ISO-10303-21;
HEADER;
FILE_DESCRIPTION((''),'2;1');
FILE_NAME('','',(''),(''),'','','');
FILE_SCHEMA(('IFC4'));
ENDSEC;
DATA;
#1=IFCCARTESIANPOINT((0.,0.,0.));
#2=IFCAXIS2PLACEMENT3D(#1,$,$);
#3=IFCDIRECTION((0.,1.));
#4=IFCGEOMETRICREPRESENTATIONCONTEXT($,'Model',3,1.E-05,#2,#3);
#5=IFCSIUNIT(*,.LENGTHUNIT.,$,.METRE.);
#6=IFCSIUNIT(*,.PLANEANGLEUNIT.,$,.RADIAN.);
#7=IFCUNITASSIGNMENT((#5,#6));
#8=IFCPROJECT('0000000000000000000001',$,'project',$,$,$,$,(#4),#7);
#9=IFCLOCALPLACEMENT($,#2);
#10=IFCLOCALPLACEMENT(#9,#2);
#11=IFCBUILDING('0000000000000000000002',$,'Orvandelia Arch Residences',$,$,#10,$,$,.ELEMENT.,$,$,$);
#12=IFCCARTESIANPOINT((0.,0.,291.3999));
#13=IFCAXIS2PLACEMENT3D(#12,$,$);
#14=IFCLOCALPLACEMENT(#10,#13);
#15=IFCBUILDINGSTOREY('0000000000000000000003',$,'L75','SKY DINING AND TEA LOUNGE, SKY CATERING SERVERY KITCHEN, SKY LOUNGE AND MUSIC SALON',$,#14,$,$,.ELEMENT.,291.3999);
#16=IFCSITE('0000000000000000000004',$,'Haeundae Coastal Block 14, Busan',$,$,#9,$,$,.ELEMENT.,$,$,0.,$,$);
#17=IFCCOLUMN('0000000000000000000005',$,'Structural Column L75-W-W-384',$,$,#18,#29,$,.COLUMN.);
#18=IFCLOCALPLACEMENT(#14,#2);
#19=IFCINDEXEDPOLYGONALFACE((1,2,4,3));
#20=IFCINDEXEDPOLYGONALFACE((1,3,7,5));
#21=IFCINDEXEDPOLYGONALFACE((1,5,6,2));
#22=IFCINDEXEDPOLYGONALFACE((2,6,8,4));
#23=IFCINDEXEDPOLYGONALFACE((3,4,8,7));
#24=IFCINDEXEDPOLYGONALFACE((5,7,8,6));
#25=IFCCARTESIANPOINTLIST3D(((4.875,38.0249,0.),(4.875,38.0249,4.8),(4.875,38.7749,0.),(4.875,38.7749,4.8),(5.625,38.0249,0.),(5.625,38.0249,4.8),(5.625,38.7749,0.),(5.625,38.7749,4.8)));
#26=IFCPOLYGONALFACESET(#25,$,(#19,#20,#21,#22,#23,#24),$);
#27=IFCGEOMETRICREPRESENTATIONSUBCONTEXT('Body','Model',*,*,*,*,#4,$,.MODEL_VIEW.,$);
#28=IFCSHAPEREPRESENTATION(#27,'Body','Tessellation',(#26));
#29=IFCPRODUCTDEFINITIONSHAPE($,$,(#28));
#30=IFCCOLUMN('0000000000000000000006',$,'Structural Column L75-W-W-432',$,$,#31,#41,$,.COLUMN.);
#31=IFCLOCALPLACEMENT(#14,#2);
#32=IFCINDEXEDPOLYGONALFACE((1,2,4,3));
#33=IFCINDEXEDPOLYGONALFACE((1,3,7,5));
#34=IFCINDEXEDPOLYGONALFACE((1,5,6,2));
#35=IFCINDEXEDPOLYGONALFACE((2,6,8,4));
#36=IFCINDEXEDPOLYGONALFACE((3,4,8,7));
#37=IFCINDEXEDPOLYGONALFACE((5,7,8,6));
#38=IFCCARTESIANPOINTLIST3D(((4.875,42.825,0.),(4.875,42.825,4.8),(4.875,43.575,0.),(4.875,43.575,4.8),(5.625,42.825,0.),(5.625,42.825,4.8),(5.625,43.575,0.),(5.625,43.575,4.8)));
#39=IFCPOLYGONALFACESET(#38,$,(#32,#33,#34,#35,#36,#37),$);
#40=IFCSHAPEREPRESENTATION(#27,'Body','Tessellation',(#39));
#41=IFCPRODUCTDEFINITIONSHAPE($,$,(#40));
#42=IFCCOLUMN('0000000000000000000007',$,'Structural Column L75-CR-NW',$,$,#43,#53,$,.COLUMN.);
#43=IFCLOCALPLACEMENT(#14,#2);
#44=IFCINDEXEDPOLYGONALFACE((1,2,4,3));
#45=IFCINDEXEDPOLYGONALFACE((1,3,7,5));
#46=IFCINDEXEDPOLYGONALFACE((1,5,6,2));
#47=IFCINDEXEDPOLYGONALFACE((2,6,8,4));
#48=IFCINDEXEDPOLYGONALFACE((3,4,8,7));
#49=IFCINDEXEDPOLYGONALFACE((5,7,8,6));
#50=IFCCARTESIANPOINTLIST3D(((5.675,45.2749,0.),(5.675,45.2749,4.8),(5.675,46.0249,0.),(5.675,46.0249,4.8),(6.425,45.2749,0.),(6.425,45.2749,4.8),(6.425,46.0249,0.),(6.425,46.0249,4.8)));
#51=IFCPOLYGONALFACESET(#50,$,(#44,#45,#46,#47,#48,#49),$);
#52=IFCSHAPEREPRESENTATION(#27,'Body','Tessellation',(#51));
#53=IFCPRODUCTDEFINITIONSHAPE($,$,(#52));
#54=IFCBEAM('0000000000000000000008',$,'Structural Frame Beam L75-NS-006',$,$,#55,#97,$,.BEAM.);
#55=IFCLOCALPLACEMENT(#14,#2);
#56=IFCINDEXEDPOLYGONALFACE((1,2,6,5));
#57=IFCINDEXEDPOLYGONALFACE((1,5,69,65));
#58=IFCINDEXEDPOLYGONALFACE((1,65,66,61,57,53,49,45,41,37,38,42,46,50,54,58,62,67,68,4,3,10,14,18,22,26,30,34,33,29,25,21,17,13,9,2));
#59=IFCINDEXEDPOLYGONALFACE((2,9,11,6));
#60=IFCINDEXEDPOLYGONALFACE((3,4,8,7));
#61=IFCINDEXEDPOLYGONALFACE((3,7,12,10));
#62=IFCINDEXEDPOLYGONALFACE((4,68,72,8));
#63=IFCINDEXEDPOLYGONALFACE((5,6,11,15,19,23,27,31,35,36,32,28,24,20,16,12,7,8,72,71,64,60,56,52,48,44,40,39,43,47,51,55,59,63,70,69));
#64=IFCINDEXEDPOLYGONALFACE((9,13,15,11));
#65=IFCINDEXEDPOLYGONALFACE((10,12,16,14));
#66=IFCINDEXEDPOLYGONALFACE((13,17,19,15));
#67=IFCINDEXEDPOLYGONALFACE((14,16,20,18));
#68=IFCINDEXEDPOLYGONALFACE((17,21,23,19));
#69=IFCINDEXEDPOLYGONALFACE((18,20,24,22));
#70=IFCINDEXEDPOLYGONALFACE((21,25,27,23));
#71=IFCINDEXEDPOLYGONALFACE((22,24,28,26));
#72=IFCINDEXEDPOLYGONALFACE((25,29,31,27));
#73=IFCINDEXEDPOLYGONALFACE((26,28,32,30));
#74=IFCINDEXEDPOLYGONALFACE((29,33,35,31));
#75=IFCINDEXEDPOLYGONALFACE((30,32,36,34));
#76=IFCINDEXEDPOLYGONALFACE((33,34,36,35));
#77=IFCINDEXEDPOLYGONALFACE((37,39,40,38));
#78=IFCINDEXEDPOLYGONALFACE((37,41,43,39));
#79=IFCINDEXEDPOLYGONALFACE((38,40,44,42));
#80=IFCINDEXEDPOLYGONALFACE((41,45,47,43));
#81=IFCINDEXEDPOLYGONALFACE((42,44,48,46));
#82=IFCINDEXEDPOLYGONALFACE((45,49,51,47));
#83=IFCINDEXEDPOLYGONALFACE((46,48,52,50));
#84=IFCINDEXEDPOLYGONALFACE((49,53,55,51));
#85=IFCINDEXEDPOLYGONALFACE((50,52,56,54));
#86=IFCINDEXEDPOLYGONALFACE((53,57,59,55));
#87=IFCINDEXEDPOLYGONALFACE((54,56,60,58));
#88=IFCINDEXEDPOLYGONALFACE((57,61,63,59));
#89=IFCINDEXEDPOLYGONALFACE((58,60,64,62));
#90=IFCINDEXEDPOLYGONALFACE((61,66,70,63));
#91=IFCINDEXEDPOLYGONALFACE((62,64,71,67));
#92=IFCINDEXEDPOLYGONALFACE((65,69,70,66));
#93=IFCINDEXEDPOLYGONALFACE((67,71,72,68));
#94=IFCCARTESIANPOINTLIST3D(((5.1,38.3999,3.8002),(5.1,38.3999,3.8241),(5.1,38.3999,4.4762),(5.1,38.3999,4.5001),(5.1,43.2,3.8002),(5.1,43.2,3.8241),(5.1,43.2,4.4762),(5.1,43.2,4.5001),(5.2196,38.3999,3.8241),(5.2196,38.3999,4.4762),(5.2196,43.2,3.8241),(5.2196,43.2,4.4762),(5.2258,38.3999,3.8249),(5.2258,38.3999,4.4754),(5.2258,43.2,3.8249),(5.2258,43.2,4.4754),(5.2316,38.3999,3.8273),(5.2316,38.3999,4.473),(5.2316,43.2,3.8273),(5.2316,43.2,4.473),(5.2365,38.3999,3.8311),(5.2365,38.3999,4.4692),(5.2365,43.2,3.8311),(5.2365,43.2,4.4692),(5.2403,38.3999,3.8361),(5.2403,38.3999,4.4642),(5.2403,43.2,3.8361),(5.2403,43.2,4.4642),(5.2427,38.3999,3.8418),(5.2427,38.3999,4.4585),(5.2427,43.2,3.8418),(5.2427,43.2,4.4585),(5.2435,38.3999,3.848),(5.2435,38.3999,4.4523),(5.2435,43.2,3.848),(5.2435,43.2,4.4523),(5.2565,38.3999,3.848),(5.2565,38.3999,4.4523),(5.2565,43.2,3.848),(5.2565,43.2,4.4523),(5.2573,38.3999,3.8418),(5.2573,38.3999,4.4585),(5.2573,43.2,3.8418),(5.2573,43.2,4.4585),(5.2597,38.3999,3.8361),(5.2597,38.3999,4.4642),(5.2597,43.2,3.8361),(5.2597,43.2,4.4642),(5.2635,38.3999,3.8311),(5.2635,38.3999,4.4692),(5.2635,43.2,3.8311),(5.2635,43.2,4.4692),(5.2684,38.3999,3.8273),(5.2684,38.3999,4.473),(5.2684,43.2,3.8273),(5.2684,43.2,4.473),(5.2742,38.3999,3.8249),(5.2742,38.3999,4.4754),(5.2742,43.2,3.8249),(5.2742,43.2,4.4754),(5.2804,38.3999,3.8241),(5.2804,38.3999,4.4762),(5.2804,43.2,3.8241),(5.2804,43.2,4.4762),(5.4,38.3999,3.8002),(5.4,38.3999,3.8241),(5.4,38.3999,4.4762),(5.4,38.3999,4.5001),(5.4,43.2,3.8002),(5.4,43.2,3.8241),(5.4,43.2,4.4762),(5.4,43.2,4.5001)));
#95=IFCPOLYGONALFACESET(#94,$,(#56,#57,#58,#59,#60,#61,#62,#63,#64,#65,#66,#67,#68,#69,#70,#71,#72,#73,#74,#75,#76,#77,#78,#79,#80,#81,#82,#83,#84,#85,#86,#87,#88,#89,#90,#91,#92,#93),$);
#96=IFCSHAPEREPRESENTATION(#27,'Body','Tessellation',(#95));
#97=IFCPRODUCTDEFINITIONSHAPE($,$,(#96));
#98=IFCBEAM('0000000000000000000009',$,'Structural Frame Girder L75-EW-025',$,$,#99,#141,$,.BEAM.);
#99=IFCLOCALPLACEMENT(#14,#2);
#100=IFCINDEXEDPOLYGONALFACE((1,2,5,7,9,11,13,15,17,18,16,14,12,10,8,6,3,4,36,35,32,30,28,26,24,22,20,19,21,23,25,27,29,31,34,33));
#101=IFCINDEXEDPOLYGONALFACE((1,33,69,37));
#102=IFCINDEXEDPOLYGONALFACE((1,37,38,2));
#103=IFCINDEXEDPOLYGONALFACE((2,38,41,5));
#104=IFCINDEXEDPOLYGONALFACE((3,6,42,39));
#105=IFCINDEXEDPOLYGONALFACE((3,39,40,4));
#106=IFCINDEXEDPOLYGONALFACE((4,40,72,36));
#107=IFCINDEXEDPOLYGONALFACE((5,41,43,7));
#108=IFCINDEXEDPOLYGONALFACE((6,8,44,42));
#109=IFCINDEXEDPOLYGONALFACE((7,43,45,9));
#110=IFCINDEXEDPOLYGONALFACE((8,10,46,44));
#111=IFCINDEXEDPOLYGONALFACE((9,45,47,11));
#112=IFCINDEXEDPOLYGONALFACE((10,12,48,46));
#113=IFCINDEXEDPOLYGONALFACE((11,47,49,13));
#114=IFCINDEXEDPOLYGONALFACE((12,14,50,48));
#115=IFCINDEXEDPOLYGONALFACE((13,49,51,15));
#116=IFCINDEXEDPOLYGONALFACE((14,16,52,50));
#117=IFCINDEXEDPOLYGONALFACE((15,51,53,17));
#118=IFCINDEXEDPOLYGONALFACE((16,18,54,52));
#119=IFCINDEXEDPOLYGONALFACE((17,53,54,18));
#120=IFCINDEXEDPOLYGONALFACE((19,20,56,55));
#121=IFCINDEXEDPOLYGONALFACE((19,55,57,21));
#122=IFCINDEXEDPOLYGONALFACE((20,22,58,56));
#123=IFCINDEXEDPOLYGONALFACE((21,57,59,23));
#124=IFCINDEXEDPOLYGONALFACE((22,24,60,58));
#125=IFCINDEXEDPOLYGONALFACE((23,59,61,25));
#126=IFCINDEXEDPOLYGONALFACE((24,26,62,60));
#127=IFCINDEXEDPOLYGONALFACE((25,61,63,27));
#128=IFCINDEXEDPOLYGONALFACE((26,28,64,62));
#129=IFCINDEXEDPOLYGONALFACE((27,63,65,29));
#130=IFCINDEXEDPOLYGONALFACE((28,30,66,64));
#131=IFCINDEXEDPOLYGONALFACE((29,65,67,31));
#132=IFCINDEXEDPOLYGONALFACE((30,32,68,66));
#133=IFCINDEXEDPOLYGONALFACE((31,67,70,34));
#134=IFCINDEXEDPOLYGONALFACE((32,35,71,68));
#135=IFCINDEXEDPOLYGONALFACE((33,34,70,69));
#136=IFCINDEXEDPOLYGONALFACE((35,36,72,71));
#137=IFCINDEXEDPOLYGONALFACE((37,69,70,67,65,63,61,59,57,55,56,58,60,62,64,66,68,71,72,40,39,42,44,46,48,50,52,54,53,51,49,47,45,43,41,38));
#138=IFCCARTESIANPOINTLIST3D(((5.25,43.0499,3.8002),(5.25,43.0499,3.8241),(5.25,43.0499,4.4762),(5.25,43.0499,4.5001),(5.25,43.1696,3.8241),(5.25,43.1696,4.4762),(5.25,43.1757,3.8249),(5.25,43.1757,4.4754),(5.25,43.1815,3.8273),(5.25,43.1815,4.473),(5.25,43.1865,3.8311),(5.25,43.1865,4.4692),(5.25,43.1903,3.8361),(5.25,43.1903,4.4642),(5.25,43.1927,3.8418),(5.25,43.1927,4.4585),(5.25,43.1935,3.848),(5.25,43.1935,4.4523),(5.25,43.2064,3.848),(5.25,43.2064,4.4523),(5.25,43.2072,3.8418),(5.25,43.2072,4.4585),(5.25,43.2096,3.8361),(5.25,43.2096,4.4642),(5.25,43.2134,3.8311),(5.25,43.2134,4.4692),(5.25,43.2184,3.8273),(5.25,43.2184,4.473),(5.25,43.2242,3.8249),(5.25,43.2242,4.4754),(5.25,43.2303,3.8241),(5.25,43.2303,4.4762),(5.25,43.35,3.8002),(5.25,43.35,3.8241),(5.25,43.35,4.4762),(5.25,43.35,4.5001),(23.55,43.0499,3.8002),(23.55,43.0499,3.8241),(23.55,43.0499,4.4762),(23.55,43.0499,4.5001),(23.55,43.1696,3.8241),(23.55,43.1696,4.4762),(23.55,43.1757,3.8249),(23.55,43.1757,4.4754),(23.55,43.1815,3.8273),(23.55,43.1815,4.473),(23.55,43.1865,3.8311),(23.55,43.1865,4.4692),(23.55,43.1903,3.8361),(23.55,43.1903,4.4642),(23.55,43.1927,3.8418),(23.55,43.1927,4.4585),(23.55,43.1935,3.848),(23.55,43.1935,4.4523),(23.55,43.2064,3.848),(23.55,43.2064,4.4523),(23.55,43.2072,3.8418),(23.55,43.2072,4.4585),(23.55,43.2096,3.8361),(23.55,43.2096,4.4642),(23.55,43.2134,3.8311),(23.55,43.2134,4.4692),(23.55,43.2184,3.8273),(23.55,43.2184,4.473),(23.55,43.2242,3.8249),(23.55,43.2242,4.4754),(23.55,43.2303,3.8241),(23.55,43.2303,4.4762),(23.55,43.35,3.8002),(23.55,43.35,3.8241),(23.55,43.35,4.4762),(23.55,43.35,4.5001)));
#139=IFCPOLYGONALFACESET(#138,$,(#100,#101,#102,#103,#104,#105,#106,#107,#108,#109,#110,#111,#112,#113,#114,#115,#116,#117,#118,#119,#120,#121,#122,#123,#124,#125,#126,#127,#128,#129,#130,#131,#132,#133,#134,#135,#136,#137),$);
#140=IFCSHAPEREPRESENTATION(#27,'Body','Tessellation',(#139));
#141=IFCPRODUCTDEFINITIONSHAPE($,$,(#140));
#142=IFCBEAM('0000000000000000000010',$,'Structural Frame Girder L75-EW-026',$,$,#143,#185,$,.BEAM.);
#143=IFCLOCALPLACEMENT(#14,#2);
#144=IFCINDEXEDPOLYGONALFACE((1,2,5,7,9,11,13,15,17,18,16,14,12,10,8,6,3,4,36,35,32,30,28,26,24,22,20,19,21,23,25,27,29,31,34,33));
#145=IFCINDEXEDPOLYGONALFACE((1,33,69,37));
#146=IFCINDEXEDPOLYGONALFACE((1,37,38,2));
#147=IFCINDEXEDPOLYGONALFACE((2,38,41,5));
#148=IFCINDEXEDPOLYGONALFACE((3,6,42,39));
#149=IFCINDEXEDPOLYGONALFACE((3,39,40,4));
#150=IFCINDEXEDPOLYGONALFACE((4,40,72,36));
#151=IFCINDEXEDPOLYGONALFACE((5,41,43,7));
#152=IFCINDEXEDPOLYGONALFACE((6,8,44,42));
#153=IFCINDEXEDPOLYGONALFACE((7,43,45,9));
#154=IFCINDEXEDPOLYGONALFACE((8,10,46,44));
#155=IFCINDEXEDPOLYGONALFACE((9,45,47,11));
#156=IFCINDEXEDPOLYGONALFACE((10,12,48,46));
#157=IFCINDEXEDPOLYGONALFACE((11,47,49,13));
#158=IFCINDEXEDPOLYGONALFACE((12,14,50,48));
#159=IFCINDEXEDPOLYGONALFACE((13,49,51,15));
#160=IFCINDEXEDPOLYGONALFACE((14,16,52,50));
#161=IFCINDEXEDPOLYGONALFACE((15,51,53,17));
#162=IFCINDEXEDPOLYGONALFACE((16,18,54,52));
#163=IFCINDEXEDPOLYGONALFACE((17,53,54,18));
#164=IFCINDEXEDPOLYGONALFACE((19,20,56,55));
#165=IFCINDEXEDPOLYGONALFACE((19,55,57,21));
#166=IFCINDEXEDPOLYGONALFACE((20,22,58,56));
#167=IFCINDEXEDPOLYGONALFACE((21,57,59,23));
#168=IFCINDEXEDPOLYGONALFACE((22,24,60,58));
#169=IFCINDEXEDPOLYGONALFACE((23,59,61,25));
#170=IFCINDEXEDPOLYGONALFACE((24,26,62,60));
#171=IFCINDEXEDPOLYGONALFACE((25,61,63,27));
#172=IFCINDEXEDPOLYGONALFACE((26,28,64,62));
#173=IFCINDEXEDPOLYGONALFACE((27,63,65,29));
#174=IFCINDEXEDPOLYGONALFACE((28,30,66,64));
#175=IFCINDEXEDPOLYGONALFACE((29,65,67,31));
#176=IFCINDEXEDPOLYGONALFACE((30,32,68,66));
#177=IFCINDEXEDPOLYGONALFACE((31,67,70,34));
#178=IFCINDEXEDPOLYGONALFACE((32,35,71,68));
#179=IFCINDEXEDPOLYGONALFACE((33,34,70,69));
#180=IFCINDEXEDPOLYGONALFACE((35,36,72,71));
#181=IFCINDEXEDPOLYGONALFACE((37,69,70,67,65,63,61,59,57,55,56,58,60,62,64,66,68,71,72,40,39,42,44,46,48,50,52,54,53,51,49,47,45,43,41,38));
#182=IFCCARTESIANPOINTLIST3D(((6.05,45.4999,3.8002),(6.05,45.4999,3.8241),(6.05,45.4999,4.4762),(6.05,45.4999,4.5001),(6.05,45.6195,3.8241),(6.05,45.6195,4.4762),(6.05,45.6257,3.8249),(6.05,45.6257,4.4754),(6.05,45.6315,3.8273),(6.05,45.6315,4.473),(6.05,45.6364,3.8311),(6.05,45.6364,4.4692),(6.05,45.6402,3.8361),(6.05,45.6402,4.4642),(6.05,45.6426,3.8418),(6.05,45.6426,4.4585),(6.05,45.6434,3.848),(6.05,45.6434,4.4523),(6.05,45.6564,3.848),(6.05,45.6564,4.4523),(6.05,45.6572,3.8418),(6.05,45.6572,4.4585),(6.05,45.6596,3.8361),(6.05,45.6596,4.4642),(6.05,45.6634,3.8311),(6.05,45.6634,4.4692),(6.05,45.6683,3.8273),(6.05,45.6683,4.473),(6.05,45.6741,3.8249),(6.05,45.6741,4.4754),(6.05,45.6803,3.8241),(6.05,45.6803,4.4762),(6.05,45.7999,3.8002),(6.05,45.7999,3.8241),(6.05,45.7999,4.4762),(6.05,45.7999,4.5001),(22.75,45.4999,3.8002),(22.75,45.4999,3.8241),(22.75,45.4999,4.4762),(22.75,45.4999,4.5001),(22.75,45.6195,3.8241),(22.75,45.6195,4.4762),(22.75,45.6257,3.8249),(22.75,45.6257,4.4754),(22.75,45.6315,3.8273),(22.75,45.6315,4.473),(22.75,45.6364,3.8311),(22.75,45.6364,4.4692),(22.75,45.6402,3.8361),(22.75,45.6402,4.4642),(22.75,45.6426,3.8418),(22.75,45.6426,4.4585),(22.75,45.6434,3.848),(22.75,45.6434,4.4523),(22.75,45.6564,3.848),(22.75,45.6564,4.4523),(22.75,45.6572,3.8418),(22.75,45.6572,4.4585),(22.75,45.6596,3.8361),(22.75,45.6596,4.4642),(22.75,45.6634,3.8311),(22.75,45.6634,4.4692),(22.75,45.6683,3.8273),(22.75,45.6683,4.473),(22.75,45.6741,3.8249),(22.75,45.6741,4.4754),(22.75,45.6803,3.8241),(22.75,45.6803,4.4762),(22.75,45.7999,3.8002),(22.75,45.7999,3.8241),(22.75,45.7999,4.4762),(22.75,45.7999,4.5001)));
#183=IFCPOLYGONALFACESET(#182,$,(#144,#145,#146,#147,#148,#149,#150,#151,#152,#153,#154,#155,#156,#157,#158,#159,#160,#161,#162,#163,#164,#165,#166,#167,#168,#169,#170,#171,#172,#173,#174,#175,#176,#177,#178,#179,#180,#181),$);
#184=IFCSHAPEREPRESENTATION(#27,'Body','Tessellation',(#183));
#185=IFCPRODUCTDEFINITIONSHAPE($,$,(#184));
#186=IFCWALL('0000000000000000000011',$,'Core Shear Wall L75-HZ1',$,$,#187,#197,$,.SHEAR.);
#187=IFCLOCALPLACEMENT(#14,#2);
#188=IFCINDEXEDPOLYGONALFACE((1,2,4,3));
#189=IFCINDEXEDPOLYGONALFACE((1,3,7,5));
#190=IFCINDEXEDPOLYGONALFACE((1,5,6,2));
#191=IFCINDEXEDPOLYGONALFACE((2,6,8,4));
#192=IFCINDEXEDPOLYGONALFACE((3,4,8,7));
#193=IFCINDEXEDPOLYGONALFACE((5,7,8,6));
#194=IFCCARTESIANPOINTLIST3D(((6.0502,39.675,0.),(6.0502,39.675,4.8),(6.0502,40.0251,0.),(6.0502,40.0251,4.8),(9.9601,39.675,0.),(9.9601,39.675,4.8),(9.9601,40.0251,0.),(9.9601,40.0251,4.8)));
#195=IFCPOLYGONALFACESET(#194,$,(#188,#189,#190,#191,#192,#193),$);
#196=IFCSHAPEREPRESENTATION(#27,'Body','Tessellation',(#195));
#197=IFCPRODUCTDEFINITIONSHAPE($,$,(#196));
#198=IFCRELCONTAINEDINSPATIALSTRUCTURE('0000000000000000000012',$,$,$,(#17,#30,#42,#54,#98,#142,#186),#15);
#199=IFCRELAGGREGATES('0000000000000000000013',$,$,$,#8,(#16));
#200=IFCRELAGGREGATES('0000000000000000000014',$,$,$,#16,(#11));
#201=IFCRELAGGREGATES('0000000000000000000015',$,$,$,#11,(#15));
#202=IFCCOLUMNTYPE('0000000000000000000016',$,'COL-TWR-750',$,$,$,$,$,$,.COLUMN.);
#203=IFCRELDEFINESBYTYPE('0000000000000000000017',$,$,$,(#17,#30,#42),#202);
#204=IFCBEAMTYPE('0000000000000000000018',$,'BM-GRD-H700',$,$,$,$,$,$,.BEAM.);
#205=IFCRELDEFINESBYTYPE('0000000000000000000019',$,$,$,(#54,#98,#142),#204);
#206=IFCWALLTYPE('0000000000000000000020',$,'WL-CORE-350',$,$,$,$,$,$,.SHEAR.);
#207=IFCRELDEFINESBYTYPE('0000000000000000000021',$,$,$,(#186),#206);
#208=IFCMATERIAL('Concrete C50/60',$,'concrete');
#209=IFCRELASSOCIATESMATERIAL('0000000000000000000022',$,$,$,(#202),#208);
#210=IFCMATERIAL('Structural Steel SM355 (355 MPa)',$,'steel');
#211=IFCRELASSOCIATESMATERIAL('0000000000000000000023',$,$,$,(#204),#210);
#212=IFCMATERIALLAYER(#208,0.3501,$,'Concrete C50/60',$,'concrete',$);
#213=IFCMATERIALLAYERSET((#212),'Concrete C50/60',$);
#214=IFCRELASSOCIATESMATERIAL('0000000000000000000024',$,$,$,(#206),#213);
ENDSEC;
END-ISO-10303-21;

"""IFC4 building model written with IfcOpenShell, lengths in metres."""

from ifc_helpers import new_model, si_unit, direction, frame, frame_2d, origin, origin_2d, place, context, subcontext, project, spatial, rectangle, i_section, extrude, material, layer, layer_set, material_profile, profile_set, type_object, element, save


model = new_model("IFC4")

# Units and contexts
model_context = context("Model", 3, precision=1e-05, world=origin(), true_north=direction((0.0, 1.0)))
body_context = subcontext(model_context, "Body", "Model", "MODEL_VIEW")
ifc_project = project(units=[si_unit("LENGTHUNIT", "METRE"), si_unit("PLANEANGLEUNIT", "RADIAN")], contexts=[model_context])

# Site, building, storey
site_placement = place(None, origin())
site = spatial("IfcSite", under=ifc_project, at=site_placement, Name="Haeundae Coastal Block 14, Busan", CompositionType="ELEMENT", RefElevation=0.0)
building_placement = place(site_placement, origin())
building = spatial("IfcBuilding", under=site, at=building_placement, Name="Orvandelia Arch Residences", CompositionType="ELEMENT")
storey_placement = place(building_placement, frame((0.0, 0.0, 291.3999)))
storey = spatial("IfcBuildingStorey", under=building, at=storey_placement, Name="L75", Description="SKY DINING AND TEA LOUNGE, SKY CATERING SERVERY KITCHEN, SKY LOUNGE AND MUSIC SALON", CompositionType="ELEMENT", Elevation=291.3999)

# Columns
ifc_material_1 = material(Name="Concrete C50/60", Category="concrete")
ifc_material_profile_1 = material_profile(ifc_material_1, rectangle(XDim=0.75, YDim=0.75, at=origin_2d()), Name="Concrete C50/60", Category="concrete")
ifc_profile_set_1 = profile_set([ifc_material_profile_1], Name="Concrete C50/60")
column_type = type_object("IfcColumnType", Name="COL-TWR-750", PredefinedType="COLUMN", material=ifc_profile_set_1)
for number, where, z_axis, x_axis, name in (
    (1, (5.25, 38.3999, 0.0), (0.0, 0.0, 1.0), (1.0, 0.0, 0.0), "Structural Column L75-W-W-384"),
    (2, (5.25, 43.2, 0.0), (0.0, 0.0, 1.0), (1.0, 0.0, 0.0), "Structural Column L75-W-W-432"),
    (3, (6.05, 45.6499, 0.0), (0.0, 0.0, 1.0), (1.0, 0.0, 0.0), "Structural Column L75-CR-NW"),
):
    element("IfcColumn", number, at=place(storey_placement, frame(where, z_axis=z_axis, x_axis=x_axis)), inside=storey, type_object=column_type, Name=name, PredefinedType="COLUMN", context=body_context, shape_type="SweptSolid", body=[
        extrude(rectangle(XDim=0.75, YDim=0.75, at=origin_2d()), origin(), (0.0, 0.0, 1.0), 4.8),
    ])

# Beams
ifc_material_2 = material(Name="Structural Steel SM355 (355 MPa)", Category="steel")
ifc_material_profile_2 = material_profile(ifc_material_2, i_section(OverallWidth=0.3, OverallDepth=0.7, WebThickness=0.0129, FlangeThickness=0.0239, FilletRadius=0.0239, at=origin_2d()), Name="Structural Steel SM355 (355 MPa)", Category="steel")
ifc_profile_set_2 = profile_set([ifc_material_profile_2], Name="Structural Steel SM355 (355 MPa)")
beam_type = type_object("IfcBeamType", Name="BM-GRD-H700", PredefinedType="BEAM", material=ifc_profile_set_2)
beam_1_placement = place(storey_placement, frame((5.25, 38.3999, 4.1501), z_axis=(0.0, 1.0, 0.0), x_axis=(-1.0, 0.0, 0.0)))
element("IfcBeam", 4, at=beam_1_placement, inside=storey, type_object=beam_type, Name="Structural Frame Beam L75-NS-006", PredefinedType="BEAM", context=body_context, shape_type="SweptSolid", body=[
    extrude(i_section(OverallWidth=0.3, OverallDepth=0.7, WebThickness=0.0129, FlangeThickness=0.0239, FilletRadius=0.0239, at=origin_2d()), origin(), (0.0, 0.0, 1.0), 4.8),
])
beam_2_placement = place(storey_placement, frame((5.25, 43.2, 4.1501), z_axis=(1.0, 0.0, 0.0), x_axis=(0.0, 1.0, 0.0)))
element("IfcBeam", 5, at=beam_2_placement, inside=storey, type_object=beam_type, Name="Structural Frame Girder L75-EW-025", PredefinedType="BEAM", context=body_context, shape_type="SweptSolid", body=[
    extrude(i_section(OverallWidth=0.3, OverallDepth=0.7, WebThickness=0.0129, FlangeThickness=0.0239, FilletRadius=0.0239, at=origin_2d()), origin(), (0.0, 0.0, 1.0), 18.3),
])
beam_3_placement = place(storey_placement, frame((6.05, 45.6499, 4.1501), z_axis=(1.0, 0.0, 0.0), x_axis=(0.0, 1.0, 0.0)))
element("IfcBeam", 6, at=beam_3_placement, inside=storey, type_object=beam_type, Name="Structural Frame Girder L75-EW-026", PredefinedType="BEAM", context=body_context, shape_type="SweptSolid", body=[
    extrude(i_section(OverallWidth=0.3, OverallDepth=0.7, WebThickness=0.0129, FlangeThickness=0.0239, FilletRadius=0.0239, at=origin_2d()), origin(), (0.0, 0.0, 1.0), 16.7),
])

# Wall
ifc_layer_1 = layer(ifc_material_1, 0.3501, Name="Concrete C50/60", Category="concrete")
ifc_layer_set_1 = layer_set([ifc_layer_1], Name="Concrete C50/60")
wall_type_1 = type_object("IfcWallType", Name="WL-CORE-350", PredefinedType="SHEAR", material=ifc_layer_set_1)
wall_1_placement = place(storey_placement, frame((6.05, 39.8501, 0.0), z_axis=(0.0, 0.0, 1.0), x_axis=(1.0, 0.0, 0.0)))
element("IfcWall", 7, at=wall_1_placement, inside=storey, type_object=wall_type_1, Name="Core Shear Wall L75-HZ1", PredefinedType="SHEAR", context=body_context, shape_type="SweptSolid", body=[
    extrude(rectangle(XDim=3.9099, YDim=0.3501, at=frame_2d((1.9551, 0.0))), origin(), (0.0, 0.0, 1.0), 4.8),
])

save(model, "model.ifc")
